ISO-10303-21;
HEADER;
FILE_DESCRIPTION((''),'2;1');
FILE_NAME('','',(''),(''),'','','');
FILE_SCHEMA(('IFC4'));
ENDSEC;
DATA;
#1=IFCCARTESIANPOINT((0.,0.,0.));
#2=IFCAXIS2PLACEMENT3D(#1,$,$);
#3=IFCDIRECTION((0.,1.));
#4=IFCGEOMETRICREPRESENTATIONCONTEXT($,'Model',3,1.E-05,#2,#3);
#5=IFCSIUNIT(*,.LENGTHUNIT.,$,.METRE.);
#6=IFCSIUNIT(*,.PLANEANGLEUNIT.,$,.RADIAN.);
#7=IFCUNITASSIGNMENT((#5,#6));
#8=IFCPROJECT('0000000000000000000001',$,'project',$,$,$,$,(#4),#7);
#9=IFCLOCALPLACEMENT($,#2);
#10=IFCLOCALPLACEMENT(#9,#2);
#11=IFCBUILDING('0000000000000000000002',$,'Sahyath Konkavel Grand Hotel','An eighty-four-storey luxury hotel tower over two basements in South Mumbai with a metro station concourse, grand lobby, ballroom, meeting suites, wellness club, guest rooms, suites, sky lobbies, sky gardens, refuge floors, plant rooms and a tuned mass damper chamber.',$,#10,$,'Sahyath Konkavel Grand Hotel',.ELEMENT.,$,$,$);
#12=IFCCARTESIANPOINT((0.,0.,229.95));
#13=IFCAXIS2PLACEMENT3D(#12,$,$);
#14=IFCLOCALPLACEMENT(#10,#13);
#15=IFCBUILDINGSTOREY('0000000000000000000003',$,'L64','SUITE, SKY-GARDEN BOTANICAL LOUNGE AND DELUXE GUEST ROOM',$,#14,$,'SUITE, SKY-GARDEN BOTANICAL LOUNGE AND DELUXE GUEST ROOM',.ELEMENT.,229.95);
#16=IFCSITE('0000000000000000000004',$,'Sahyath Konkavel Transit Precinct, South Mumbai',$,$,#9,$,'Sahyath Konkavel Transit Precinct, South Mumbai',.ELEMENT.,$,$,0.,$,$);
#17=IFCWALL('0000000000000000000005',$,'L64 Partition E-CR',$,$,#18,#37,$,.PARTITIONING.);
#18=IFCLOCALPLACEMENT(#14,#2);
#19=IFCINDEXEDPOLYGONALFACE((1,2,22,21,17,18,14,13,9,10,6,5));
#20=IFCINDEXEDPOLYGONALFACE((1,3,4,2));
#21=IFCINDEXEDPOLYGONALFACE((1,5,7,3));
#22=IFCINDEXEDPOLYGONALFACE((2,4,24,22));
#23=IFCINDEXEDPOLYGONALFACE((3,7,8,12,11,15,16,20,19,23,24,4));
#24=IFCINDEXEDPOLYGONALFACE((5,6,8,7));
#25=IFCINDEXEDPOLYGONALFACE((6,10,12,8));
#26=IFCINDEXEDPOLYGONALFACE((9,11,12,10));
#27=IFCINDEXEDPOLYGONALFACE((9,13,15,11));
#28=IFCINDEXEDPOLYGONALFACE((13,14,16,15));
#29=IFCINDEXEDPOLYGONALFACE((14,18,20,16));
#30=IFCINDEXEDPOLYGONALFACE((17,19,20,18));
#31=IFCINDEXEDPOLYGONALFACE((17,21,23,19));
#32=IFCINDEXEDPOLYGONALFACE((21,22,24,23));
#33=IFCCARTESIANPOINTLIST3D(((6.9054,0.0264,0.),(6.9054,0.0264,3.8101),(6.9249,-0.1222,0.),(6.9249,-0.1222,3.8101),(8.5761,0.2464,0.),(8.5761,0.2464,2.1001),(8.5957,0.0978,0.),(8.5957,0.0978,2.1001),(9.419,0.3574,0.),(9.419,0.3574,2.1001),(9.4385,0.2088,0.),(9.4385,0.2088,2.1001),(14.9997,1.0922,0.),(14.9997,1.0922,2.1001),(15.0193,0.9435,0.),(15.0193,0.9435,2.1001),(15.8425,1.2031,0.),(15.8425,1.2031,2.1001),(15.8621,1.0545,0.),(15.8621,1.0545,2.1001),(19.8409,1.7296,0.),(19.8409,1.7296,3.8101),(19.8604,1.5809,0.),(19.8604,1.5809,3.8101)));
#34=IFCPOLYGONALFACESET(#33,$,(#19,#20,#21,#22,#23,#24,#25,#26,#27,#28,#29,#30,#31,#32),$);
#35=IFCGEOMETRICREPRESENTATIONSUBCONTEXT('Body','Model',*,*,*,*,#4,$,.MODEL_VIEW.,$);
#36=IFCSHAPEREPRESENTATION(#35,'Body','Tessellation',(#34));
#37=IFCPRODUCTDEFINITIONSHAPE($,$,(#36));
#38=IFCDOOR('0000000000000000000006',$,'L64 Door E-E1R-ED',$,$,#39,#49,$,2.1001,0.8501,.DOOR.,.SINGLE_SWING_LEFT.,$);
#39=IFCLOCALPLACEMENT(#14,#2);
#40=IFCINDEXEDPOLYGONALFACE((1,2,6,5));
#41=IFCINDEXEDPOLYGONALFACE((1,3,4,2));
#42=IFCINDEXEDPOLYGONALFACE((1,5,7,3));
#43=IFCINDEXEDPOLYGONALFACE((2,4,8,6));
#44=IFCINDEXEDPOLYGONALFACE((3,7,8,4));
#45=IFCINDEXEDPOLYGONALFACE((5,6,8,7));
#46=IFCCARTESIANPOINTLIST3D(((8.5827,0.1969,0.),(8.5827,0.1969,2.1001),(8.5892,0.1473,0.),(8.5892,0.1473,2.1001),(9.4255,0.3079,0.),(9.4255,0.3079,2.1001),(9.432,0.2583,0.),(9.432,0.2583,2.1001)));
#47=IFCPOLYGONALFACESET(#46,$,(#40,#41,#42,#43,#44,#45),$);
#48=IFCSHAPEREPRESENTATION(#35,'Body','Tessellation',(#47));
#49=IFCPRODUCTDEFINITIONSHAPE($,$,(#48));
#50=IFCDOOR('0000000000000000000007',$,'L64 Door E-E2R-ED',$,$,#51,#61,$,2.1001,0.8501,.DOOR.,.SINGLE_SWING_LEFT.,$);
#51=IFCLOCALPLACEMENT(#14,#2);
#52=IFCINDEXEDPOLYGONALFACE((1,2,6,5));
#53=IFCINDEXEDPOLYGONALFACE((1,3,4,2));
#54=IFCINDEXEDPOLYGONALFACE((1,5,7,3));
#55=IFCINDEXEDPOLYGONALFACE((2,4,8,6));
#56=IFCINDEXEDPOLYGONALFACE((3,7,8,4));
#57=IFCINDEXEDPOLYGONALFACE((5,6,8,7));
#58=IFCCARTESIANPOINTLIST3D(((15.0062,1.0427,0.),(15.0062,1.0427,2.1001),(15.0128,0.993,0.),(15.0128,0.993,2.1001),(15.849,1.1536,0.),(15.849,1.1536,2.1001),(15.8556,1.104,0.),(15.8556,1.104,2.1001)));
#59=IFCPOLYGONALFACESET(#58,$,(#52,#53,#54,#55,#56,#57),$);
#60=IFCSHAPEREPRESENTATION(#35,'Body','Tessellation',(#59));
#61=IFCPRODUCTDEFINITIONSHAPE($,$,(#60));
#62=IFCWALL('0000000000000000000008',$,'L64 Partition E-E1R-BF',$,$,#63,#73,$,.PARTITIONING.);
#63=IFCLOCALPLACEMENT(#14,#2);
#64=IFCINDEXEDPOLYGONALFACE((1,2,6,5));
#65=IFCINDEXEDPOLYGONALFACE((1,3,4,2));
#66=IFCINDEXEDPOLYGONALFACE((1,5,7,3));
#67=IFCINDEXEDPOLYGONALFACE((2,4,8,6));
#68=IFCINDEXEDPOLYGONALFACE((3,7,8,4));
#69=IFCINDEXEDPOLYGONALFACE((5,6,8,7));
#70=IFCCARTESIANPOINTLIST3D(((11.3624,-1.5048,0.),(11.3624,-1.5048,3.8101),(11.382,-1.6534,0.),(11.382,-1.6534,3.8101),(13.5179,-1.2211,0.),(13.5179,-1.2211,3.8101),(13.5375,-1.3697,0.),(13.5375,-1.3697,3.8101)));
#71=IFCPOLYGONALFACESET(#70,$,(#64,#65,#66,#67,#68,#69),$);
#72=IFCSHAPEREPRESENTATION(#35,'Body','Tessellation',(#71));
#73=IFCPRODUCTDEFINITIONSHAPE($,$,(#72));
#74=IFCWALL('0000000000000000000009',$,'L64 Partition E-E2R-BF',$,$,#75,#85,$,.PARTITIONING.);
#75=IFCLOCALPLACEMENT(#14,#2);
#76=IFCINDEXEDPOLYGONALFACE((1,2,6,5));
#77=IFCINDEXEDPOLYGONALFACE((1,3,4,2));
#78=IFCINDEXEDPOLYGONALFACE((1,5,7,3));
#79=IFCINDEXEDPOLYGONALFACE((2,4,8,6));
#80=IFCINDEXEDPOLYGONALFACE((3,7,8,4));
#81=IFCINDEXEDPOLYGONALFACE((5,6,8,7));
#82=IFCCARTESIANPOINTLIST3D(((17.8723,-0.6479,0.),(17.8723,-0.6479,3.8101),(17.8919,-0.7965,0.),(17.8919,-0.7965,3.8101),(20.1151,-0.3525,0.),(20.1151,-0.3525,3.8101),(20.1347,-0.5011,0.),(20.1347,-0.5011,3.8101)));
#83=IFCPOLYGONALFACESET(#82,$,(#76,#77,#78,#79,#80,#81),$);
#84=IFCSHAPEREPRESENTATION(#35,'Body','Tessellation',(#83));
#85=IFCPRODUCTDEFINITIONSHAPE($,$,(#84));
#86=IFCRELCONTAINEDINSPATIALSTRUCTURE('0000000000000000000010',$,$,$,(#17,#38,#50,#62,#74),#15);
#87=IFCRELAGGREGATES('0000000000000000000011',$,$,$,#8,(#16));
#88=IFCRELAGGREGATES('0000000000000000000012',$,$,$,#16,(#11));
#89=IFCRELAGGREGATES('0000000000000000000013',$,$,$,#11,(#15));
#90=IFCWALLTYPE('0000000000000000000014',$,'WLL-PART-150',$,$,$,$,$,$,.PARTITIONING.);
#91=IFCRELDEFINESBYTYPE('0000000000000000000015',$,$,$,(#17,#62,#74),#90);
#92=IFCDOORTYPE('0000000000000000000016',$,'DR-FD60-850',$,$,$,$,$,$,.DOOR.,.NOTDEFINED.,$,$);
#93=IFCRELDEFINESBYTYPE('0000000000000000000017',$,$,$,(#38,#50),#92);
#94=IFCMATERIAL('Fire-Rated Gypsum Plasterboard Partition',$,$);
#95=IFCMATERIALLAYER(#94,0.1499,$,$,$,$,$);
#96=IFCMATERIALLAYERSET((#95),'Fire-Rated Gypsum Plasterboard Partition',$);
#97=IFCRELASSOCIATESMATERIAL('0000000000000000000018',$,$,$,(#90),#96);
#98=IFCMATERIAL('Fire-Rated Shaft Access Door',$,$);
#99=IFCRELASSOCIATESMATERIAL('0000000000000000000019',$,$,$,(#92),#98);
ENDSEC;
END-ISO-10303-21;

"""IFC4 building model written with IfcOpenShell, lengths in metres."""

from ifc_helpers import new_model, si_unit, direction, frame, frame_2d, origin, origin_2d, place, context, subcontext, project, spatial, rectangle, extrude, source, transform, mapped, material, layer, layer_set, type_object, element, fill, save


model = new_model("IFC4")

# Units and contexts
model_context = context("Model", 3, precision=1e-05, world=origin(), true_north=direction((0.0, 1.0)))
body_context = subcontext(model_context, "Body", "Model", "MODEL_VIEW")
ifc_project = project(units=[si_unit("LENGTHUNIT", "METRE"), si_unit("PLANEANGLEUNIT", "RADIAN")], contexts=[model_context])

# Site, building, storey
site_placement = place(None, origin())
site = spatial("IfcSite", under=ifc_project, at=site_placement, Name="Sahyath Konkavel Transit Precinct, South Mumbai", LongName="Sahyath Konkavel Transit Precinct, South Mumbai", CompositionType="ELEMENT", RefElevation=0.0)
building_placement = place(site_placement, origin())
building = spatial("IfcBuilding", under=site, at=building_placement, Name="Sahyath Konkavel Grand Hotel", Description="An eighty-four-storey luxury hotel tower over two basements in South Mumbai with a metro station concourse, grand lobby, ballroom, meeting suites, wellness club, guest rooms, suites, sky lobbies, sky gardens, refuge floors, plant rooms and a tuned mass damper chamber.", LongName="Sahyath Konkavel Grand Hotel", CompositionType="ELEMENT")
storey_placement = place(building_placement, frame((0.0, 0.0, 229.95)))
storey = spatial("IfcBuildingStorey", under=building, at=storey_placement, Name="L64", Description="SUITE, SKY-GARDEN BOTANICAL LOUNGE AND DELUXE GUEST ROOM", LongName="SUITE, SKY-GARDEN BOTANICAL LOUNGE AND DELUXE GUEST ROOM", CompositionType="ELEMENT", Elevation=229.95)

# Wall, openings, doors
ifc_material_1 = material(Name="Fire-Rated Gypsum Plasterboard Partition")
ifc_layer_1 = layer(ifc_material_1, 0.1499)
ifc_layer_set_1 = layer_set([ifc_layer_1], Name="Fire-Rated Gypsum Plasterboard Partition")
wall_type_1 = type_object("IfcWallType", Name="WLL-PART-150", PredefinedType="PARTITIONING", material=ifc_layer_set_1)
wall_1_placement = place(storey_placement, frame((6.9153, -0.0479, 0.0), z_axis=(0.0, 0.0, 1.0), x_axis=(0.991444, 0.130536, 0.0)))
wall_1 = element("IfcWall", 1, at=wall_1_placement, inside=storey, type_object=wall_type_1, Name="L64 Partition E-CR", PredefinedType="PARTITIONING", context=body_context, shape_type="SweptSolid", body=[
    extrude(rectangle(XDim=13.0471, YDim=0.1499, at=frame_2d((6.5234, 0.0))), origin(), (0.0, 0.0, 1.0), 3.8101),
])
opening_1_placement = place(wall_1_placement, frame((1.6851, 0.0, 0.0)))
opening_1 = element("IfcOpeningElement", 2, at=opening_1_placement, cuts=wall_1, PredefinedType="OPENING", context=body_context, shape_type="SweptSolid", body=[
    extrude(rectangle(XDim=0.8501, YDim=2.1001, at=frame_2d((0.425, 1.05))), frame((0.0, 0.085, 0.0), z_axis=(0.0, -1.0, 0.0), x_axis=(1.0, 0.0, 0.0)), (0.0, 0.0, 1.0), 0.1699),
])
opening_2_placement = place(wall_1_placement, frame((8.1641, 0.0, 0.0)))
opening_2 = element("IfcOpeningElement", 3, at=opening_2_placement, cuts=wall_1, PredefinedType="OPENING", context=body_context, shape_type="SweptSolid", body=[
    extrude(rectangle(XDim=0.8501, YDim=2.1001, at=frame_2d((0.425, 1.05))), frame((0.0, 0.085, 0.0), z_axis=(0.0, -1.0, 0.0), x_axis=(1.0, 0.0, 0.0)), (0.0, 0.0, 1.0), 0.1699),
])
ifc_material_2 = material(Name="Fire-Rated Shaft Access Door")
door_type = type_object("IfcDoorType", Name="DR-FD60-850", OperationType="NOTDEFINED", PredefinedType="DOOR", material=ifc_material_2)
shared_shape_1 = source(origin(), body_context, "Body", "SweptSolid", [
    extrude(rectangle(XDim=0.8501, YDim=0.05, at=origin_2d()), origin(), (0.0, 0.0, 1.0), 2.1001),
])
door_1_placement = place(opening_1_placement, frame((0.425, 0.0, 0.0)))
door_1 = element("IfcDoor", 4, at=door_1_placement, inside=storey, type_object=door_type, Name="L64 Door E-E1R-ED", OperationType="SINGLE_SWING_LEFT", OverallHeight=2.1001, OverallWidth=0.8501, PredefinedType="DOOR", context=body_context, shape_type="MappedRepresentation", body=[
    mapped(shared_shape_1, transform((0.0, 0.0, 0.0), scale=1.0)),
])
fill(opening_1, door_1)
door_2_placement = place(opening_2_placement, frame((0.425, 0.0, 0.0)))
door_2 = element("IfcDoor", 5, at=door_2_placement, inside=storey, type_object=door_type, Name="L64 Door E-E2R-ED", OperationType="SINGLE_SWING_LEFT", OverallHeight=2.1001, OverallWidth=0.8501, PredefinedType="DOOR", context=body_context, shape_type="MappedRepresentation", body=[
    mapped(shared_shape_1, transform((0.0, 0.0, 0.0), scale=1.0)),
])
fill(opening_2, door_2)

# Walls
wall_2_placement = place(storey_placement, frame((11.3723, -1.5791, 0.0), z_axis=(0.0, 0.0, 1.0), x_axis=(0.99145, 0.130486, 0.0)))
element("IfcWall", 6, at=wall_2_placement, inside=storey, type_object=wall_type_1, Name="L64 Partition E-E1R-BF", PredefinedType="PARTITIONING", context=body_context, shape_type="SweptSolid", body=[
    extrude(rectangle(XDim=2.1741, YDim=0.1499, at=frame_2d((1.0869, 0.0))), origin(), (0.0, 0.0, 1.0), 3.8101),
])
wall_3_placement = place(storey_placement, frame((17.8821, -0.7222, 0.0), z_axis=(0.0, 0.0, 1.0), x_axis=(0.991438, 0.13058, 0.0)))
element("IfcWall", 7, at=wall_3_placement, inside=storey, type_object=wall_type_1, Name="L64 Partition E-E2R-BF", PredefinedType="PARTITIONING", context=body_context, shape_type="SweptSolid", body=[
    extrude(rectangle(XDim=2.2622, YDim=0.1499, at=frame_2d((1.1311, 0.0))), origin(), (0.0, 0.0, 1.0), 3.8101),
])

save(model, "model.ifc")
